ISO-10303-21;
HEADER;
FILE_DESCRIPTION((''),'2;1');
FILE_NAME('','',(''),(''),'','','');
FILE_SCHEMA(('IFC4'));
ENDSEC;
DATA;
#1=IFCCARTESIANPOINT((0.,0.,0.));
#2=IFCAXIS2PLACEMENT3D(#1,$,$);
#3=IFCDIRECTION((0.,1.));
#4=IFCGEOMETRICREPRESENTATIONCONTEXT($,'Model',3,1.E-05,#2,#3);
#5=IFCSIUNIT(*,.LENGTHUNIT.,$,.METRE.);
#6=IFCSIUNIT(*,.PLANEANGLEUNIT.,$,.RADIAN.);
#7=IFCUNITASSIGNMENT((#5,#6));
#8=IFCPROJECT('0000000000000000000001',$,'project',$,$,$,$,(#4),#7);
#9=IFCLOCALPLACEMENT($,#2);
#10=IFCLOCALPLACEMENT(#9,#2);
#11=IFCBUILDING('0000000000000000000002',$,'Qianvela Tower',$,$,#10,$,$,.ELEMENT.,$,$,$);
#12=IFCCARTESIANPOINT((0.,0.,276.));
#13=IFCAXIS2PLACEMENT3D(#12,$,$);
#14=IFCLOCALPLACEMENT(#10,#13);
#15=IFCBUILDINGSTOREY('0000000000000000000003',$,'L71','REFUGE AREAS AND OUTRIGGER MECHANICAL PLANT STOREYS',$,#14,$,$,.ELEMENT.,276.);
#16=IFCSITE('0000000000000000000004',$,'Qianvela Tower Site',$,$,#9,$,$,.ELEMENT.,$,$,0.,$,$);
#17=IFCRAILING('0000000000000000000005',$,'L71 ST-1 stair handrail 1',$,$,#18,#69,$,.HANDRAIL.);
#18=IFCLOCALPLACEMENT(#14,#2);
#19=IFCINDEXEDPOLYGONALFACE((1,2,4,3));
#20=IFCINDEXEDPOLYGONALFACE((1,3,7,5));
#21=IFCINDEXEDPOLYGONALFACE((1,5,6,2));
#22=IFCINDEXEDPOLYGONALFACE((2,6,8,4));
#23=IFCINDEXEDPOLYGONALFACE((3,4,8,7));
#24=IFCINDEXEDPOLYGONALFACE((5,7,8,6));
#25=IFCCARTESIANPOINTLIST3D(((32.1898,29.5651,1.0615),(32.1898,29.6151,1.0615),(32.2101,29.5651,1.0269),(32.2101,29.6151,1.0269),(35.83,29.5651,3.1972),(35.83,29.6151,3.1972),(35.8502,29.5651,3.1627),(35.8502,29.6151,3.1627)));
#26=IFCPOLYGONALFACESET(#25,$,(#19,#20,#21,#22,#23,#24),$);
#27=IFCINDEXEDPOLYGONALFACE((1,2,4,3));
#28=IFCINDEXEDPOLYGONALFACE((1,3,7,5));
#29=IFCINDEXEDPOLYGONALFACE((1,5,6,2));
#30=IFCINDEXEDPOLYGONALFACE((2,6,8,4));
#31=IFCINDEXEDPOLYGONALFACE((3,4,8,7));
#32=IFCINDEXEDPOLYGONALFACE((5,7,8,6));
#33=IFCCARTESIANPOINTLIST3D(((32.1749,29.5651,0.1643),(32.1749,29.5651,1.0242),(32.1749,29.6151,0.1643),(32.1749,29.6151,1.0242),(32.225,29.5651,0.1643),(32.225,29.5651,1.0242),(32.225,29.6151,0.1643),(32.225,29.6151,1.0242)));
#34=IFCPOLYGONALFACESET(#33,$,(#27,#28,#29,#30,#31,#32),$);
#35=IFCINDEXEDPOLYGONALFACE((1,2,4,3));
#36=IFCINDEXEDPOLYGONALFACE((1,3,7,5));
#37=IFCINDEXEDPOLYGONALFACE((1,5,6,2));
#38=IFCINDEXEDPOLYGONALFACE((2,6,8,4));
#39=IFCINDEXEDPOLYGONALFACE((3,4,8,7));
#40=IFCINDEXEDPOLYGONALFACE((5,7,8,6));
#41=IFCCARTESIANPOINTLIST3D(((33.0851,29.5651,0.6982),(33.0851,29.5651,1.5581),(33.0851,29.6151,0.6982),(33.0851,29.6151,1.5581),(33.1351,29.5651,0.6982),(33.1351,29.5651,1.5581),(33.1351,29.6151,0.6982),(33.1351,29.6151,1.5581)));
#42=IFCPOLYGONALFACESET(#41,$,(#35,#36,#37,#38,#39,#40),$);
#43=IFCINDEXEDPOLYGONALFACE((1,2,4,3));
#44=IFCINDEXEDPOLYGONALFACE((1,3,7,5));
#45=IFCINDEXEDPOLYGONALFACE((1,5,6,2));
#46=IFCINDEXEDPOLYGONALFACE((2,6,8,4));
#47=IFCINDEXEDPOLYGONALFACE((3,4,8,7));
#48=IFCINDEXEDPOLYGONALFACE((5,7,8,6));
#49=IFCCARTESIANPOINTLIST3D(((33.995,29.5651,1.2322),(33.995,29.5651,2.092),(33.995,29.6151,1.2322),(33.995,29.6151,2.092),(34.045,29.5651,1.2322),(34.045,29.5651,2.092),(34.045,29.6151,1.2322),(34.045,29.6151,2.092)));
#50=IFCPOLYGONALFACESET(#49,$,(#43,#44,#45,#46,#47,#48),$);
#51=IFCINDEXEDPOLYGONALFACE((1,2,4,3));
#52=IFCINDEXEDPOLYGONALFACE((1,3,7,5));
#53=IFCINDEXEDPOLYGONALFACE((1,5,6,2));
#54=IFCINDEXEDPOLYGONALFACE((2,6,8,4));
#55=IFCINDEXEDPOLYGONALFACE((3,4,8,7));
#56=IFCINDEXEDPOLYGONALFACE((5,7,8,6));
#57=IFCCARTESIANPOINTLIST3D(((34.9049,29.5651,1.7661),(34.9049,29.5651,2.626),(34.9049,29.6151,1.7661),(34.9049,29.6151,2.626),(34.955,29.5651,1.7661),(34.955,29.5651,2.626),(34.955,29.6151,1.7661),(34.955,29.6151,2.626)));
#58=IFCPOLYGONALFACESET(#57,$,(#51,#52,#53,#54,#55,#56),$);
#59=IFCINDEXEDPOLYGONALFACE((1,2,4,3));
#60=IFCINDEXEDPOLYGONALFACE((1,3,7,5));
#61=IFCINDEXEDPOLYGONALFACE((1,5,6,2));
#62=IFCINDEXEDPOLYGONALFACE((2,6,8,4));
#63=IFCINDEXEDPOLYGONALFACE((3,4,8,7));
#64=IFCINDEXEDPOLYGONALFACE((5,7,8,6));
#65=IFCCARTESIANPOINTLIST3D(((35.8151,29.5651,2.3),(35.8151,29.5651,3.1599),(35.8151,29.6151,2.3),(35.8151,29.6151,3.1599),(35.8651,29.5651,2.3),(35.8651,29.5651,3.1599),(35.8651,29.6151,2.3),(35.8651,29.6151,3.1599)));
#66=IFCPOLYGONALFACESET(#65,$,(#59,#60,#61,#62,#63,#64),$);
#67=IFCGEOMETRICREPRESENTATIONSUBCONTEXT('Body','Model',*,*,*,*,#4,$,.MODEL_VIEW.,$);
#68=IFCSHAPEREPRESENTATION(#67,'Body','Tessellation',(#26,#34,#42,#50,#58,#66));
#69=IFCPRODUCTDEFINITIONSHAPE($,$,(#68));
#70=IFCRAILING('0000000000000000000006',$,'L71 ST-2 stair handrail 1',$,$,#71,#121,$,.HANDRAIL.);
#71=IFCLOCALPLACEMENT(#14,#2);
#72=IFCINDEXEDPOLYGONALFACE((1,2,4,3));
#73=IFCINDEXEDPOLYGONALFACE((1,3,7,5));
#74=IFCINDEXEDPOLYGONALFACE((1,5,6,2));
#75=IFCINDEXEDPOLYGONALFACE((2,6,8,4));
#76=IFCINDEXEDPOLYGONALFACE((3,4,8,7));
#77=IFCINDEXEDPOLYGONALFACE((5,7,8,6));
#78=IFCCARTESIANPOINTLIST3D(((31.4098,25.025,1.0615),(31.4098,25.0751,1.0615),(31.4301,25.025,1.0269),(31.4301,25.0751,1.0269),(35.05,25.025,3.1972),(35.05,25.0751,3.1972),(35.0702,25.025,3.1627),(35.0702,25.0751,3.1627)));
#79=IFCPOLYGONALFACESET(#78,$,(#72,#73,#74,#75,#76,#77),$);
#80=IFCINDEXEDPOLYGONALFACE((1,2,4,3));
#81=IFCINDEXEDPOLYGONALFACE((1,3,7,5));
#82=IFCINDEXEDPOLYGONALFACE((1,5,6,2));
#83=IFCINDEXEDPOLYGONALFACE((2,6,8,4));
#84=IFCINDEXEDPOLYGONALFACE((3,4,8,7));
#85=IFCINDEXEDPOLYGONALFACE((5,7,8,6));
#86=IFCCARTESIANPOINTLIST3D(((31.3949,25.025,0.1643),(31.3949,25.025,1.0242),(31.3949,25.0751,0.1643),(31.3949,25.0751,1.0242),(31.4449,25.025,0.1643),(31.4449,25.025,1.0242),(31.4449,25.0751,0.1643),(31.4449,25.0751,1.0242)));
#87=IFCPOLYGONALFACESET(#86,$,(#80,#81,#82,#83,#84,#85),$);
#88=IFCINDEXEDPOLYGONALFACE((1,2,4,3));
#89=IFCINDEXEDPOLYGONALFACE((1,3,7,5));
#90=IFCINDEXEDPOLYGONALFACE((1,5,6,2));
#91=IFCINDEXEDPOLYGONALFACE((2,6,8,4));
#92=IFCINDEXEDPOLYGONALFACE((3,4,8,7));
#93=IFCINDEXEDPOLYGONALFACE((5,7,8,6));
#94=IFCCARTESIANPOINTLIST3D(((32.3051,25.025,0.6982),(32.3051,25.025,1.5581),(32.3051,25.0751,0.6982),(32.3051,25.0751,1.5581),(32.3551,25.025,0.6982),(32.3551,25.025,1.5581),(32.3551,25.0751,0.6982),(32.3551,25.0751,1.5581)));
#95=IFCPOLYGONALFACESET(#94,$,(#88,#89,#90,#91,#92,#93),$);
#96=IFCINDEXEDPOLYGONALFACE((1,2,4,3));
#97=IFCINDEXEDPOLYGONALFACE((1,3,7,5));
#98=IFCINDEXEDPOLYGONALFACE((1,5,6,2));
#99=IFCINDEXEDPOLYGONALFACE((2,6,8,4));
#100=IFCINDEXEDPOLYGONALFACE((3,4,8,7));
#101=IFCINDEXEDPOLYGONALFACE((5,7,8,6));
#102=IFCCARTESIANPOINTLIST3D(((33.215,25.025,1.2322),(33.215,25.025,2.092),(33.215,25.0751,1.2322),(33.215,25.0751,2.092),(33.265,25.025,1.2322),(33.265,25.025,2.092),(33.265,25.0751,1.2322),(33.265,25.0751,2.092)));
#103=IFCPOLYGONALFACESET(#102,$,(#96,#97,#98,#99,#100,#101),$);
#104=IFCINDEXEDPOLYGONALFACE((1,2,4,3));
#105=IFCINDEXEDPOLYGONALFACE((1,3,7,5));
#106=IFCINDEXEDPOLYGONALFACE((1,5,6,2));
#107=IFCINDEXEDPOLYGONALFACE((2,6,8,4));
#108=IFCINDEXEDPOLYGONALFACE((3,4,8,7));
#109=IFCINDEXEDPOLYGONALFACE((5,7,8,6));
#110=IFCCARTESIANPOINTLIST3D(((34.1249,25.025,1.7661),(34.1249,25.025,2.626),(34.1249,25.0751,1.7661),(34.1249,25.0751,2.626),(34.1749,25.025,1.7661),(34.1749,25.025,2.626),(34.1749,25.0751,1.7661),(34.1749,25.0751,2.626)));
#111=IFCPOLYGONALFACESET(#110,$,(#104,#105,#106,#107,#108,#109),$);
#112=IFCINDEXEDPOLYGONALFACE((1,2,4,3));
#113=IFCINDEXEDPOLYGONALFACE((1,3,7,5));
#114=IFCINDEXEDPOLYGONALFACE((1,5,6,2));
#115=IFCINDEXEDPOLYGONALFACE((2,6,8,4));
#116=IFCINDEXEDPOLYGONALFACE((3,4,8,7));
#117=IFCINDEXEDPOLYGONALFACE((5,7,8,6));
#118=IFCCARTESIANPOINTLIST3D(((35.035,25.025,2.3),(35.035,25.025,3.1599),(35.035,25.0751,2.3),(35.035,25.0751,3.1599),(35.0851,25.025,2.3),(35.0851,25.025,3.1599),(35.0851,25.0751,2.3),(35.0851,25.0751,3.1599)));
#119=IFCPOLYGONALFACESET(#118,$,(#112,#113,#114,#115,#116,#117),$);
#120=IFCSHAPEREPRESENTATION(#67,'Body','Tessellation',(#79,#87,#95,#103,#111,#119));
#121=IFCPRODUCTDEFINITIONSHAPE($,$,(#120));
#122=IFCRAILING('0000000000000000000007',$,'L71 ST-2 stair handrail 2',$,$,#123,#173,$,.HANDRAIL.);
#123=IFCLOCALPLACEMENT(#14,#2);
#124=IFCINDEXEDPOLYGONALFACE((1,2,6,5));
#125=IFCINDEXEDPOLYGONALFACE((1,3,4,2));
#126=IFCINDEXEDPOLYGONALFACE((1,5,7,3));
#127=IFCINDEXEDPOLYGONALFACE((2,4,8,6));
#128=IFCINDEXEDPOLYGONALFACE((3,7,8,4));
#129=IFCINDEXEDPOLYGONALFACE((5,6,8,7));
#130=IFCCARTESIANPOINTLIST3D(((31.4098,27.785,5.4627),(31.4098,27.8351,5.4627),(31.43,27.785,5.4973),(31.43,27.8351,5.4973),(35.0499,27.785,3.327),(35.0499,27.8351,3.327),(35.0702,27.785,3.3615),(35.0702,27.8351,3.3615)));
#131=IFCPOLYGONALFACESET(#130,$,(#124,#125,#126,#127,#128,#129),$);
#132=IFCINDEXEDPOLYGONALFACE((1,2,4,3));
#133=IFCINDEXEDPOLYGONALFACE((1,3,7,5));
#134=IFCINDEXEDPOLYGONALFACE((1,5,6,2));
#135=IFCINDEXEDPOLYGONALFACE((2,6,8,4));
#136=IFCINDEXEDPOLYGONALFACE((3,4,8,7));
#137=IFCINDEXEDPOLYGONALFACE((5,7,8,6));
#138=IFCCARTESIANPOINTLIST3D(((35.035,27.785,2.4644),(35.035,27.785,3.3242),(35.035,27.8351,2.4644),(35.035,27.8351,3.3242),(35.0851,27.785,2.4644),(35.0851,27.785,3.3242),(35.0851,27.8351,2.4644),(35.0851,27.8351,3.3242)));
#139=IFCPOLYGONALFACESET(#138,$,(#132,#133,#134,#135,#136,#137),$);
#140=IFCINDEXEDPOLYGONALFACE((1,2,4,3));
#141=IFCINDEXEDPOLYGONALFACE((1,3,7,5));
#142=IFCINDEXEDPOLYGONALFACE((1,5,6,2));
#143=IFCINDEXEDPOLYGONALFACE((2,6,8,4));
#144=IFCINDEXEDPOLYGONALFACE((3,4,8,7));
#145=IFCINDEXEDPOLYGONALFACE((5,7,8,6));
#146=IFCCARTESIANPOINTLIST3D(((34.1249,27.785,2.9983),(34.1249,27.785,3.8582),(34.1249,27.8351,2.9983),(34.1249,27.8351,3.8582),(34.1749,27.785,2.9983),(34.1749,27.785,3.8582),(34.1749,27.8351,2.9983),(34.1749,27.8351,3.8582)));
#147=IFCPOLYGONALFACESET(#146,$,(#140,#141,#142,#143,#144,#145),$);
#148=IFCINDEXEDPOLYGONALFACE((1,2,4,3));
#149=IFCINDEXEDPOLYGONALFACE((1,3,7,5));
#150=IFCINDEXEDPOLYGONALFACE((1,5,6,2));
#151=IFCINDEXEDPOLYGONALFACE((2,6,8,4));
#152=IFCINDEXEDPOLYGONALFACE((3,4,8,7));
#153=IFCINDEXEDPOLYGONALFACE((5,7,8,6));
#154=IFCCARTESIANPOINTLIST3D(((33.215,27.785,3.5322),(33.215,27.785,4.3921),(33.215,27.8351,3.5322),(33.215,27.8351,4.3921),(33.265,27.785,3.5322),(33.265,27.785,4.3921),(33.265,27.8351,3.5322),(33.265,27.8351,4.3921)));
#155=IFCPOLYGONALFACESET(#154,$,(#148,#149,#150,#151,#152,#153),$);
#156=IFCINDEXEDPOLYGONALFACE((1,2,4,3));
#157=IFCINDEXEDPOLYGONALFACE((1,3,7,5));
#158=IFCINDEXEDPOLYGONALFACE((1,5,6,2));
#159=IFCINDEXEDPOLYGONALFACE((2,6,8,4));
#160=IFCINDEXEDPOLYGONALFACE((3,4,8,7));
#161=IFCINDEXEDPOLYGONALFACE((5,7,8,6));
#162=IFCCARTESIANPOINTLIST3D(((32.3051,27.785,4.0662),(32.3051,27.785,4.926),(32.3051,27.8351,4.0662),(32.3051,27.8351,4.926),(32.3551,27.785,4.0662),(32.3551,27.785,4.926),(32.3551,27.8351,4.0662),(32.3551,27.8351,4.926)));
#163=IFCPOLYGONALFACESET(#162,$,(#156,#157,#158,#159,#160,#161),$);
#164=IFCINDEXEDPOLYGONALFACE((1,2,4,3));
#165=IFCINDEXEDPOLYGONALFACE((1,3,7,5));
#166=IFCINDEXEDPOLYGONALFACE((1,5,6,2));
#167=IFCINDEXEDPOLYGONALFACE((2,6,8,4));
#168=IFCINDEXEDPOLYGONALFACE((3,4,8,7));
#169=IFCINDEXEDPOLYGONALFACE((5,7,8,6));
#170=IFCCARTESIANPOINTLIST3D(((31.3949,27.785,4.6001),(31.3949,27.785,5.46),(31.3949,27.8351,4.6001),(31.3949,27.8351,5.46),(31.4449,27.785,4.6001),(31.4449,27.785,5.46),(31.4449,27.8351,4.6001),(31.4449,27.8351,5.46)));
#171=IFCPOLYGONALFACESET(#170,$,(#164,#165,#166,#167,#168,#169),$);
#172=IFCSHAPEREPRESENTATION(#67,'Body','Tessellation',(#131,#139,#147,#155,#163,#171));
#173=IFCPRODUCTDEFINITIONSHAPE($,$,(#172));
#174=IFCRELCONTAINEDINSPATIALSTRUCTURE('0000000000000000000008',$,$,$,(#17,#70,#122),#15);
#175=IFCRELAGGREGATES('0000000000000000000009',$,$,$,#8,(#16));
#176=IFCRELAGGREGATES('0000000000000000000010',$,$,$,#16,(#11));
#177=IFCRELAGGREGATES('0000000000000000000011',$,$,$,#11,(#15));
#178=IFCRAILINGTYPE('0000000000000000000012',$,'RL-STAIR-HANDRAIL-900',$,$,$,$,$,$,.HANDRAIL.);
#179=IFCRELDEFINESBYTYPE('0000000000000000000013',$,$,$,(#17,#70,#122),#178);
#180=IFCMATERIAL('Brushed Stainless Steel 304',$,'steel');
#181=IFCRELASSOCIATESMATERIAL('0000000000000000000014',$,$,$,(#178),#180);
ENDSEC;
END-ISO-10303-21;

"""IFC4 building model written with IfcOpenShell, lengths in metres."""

from ifc_helpers import new_model, si_unit, direction, frame, origin, origin_2d, place, context, subcontext, project, spatial, rectangle, extrude, material, type_object, element, save


model = new_model("IFC4")

# Units and contexts
model_context = context("Model", 3, precision=1e-05, world=origin(), true_north=direction((0.0, 1.0)))
body_context = subcontext(model_context, "Body", "Model", "MODEL_VIEW")
ifc_project = project(units=[si_unit("LENGTHUNIT", "METRE"), si_unit("PLANEANGLEUNIT", "RADIAN")], contexts=[model_context])

# Site, building, storey
site_placement = place(None, origin())
site = spatial("IfcSite", under=ifc_project, at=site_placement, Name="Qianvela Tower Site", CompositionType="ELEMENT", RefElevation=0.0)
building_placement = place(site_placement, origin())
building = spatial("IfcBuilding", under=site, at=building_placement, Name="Qianvela Tower", CompositionType="ELEMENT")
storey_placement = place(building_placement, frame((0.0, 0.0, 276.0)))
storey = spatial("IfcBuildingStorey", under=building, at=storey_placement, Name="L71", Description="REFUGE AREAS AND OUTRIGGER MECHANICAL PLANT STOREYS", CompositionType="ELEMENT", Elevation=276.0)

# Railings
ifc_material_1 = material(Name="Brushed Stainless Steel 304", Category="steel")
railing_type_1 = type_object("IfcRailingType", Name="RL-STAIR-HANDRAIL-900", PredefinedType="HANDRAIL", material=ifc_material_1)
for number, where, name in (
    (1, (32.2, 29.5901, 0.1643), "L71 ST-1 stair handrail 1"),
    (2, (31.4199, 25.05, 0.1643), "L71 ST-2 stair handrail 1"),
):
    element("IfcRailing", number, at=place(storey_placement, frame(where)), inside=storey, type_object=railing_type_1, Name=name, PredefinedType="HANDRAIL", context=body_context, shape_type="SweptSolid", body=[
        extrude(rectangle(XDim=0.05, YDim=0.04, at=origin_2d()), frame((0.0, 0.0, 0.8799), z_axis=(0.862505, 0.0, 0.506049), x_axis=(0.0, 1.0, 0.0)), (0.0, 0.0, 1.0), 4.2205),
        extrude(rectangle(XDim=0.05, YDim=0.05, at=origin_2d()), origin(), (0.0, 0.0, 1.0), 0.8599),
        extrude(rectangle(XDim=0.05, YDim=0.05, at=origin_2d()), frame((0.9102, 0.0, 0.5339)), (0.0, 0.0, 1.0), 0.8599),
        extrude(rectangle(XDim=0.05, YDim=0.05, at=origin_2d()), frame((1.8201, 0.0, 1.0679)), (0.0, 0.0, 1.0), 0.8599),
        extrude(rectangle(XDim=0.05, YDim=0.05, at=origin_2d()), frame((2.73, 0.0, 1.6018)), (0.0, 0.0, 1.0), 0.8599),
        extrude(rectangle(XDim=0.05, YDim=0.05, at=origin_2d()), frame((3.6401, 0.0, 2.1357)), (0.0, 0.0, 1.0), 0.8599),
    ])
railing_1_placement = place(storey_placement, frame((35.0601, 27.8101, 2.4644)))
element("IfcRailing", 3, at=railing_1_placement, inside=storey, type_object=railing_type_1, Name="L71 ST-2 stair handrail 2", PredefinedType="HANDRAIL", context=body_context, shape_type="SweptSolid", body=[
    extrude(rectangle(XDim=0.05, YDim=0.04, at=origin_2d()), frame((0.0, 0.0, 0.8799), z_axis=(-0.862505, 0.0, 0.506049), x_axis=(0.0, -1.0, 0.0)), (0.0, 0.0, 1.0), 4.2205),
    extrude(rectangle(XDim=0.05, YDim=0.05, at=origin_2d()), origin(), (0.0, 0.0, 1.0), 0.8599),
    extrude(rectangle(XDim=0.05, YDim=0.05, at=origin_2d()), frame((-0.9102, 0.0, 0.5339)), (0.0, 0.0, 1.0), 0.8599),
    extrude(rectangle(XDim=0.05, YDim=0.05, at=origin_2d()), frame((-1.8201, 0.0, 1.0679)), (0.0, 0.0, 1.0), 0.8599),
    extrude(rectangle(XDim=0.05, YDim=0.05, at=origin_2d()), frame((-2.73, 0.0, 1.6018)), (0.0, 0.0, 1.0), 0.8599),
    extrude(rectangle(XDim=0.05, YDim=0.05, at=origin_2d()), frame((-3.6401, 0.0, 2.1357)), (0.0, 0.0, 1.0), 0.8599),
])

save(model, "model.ifc")
